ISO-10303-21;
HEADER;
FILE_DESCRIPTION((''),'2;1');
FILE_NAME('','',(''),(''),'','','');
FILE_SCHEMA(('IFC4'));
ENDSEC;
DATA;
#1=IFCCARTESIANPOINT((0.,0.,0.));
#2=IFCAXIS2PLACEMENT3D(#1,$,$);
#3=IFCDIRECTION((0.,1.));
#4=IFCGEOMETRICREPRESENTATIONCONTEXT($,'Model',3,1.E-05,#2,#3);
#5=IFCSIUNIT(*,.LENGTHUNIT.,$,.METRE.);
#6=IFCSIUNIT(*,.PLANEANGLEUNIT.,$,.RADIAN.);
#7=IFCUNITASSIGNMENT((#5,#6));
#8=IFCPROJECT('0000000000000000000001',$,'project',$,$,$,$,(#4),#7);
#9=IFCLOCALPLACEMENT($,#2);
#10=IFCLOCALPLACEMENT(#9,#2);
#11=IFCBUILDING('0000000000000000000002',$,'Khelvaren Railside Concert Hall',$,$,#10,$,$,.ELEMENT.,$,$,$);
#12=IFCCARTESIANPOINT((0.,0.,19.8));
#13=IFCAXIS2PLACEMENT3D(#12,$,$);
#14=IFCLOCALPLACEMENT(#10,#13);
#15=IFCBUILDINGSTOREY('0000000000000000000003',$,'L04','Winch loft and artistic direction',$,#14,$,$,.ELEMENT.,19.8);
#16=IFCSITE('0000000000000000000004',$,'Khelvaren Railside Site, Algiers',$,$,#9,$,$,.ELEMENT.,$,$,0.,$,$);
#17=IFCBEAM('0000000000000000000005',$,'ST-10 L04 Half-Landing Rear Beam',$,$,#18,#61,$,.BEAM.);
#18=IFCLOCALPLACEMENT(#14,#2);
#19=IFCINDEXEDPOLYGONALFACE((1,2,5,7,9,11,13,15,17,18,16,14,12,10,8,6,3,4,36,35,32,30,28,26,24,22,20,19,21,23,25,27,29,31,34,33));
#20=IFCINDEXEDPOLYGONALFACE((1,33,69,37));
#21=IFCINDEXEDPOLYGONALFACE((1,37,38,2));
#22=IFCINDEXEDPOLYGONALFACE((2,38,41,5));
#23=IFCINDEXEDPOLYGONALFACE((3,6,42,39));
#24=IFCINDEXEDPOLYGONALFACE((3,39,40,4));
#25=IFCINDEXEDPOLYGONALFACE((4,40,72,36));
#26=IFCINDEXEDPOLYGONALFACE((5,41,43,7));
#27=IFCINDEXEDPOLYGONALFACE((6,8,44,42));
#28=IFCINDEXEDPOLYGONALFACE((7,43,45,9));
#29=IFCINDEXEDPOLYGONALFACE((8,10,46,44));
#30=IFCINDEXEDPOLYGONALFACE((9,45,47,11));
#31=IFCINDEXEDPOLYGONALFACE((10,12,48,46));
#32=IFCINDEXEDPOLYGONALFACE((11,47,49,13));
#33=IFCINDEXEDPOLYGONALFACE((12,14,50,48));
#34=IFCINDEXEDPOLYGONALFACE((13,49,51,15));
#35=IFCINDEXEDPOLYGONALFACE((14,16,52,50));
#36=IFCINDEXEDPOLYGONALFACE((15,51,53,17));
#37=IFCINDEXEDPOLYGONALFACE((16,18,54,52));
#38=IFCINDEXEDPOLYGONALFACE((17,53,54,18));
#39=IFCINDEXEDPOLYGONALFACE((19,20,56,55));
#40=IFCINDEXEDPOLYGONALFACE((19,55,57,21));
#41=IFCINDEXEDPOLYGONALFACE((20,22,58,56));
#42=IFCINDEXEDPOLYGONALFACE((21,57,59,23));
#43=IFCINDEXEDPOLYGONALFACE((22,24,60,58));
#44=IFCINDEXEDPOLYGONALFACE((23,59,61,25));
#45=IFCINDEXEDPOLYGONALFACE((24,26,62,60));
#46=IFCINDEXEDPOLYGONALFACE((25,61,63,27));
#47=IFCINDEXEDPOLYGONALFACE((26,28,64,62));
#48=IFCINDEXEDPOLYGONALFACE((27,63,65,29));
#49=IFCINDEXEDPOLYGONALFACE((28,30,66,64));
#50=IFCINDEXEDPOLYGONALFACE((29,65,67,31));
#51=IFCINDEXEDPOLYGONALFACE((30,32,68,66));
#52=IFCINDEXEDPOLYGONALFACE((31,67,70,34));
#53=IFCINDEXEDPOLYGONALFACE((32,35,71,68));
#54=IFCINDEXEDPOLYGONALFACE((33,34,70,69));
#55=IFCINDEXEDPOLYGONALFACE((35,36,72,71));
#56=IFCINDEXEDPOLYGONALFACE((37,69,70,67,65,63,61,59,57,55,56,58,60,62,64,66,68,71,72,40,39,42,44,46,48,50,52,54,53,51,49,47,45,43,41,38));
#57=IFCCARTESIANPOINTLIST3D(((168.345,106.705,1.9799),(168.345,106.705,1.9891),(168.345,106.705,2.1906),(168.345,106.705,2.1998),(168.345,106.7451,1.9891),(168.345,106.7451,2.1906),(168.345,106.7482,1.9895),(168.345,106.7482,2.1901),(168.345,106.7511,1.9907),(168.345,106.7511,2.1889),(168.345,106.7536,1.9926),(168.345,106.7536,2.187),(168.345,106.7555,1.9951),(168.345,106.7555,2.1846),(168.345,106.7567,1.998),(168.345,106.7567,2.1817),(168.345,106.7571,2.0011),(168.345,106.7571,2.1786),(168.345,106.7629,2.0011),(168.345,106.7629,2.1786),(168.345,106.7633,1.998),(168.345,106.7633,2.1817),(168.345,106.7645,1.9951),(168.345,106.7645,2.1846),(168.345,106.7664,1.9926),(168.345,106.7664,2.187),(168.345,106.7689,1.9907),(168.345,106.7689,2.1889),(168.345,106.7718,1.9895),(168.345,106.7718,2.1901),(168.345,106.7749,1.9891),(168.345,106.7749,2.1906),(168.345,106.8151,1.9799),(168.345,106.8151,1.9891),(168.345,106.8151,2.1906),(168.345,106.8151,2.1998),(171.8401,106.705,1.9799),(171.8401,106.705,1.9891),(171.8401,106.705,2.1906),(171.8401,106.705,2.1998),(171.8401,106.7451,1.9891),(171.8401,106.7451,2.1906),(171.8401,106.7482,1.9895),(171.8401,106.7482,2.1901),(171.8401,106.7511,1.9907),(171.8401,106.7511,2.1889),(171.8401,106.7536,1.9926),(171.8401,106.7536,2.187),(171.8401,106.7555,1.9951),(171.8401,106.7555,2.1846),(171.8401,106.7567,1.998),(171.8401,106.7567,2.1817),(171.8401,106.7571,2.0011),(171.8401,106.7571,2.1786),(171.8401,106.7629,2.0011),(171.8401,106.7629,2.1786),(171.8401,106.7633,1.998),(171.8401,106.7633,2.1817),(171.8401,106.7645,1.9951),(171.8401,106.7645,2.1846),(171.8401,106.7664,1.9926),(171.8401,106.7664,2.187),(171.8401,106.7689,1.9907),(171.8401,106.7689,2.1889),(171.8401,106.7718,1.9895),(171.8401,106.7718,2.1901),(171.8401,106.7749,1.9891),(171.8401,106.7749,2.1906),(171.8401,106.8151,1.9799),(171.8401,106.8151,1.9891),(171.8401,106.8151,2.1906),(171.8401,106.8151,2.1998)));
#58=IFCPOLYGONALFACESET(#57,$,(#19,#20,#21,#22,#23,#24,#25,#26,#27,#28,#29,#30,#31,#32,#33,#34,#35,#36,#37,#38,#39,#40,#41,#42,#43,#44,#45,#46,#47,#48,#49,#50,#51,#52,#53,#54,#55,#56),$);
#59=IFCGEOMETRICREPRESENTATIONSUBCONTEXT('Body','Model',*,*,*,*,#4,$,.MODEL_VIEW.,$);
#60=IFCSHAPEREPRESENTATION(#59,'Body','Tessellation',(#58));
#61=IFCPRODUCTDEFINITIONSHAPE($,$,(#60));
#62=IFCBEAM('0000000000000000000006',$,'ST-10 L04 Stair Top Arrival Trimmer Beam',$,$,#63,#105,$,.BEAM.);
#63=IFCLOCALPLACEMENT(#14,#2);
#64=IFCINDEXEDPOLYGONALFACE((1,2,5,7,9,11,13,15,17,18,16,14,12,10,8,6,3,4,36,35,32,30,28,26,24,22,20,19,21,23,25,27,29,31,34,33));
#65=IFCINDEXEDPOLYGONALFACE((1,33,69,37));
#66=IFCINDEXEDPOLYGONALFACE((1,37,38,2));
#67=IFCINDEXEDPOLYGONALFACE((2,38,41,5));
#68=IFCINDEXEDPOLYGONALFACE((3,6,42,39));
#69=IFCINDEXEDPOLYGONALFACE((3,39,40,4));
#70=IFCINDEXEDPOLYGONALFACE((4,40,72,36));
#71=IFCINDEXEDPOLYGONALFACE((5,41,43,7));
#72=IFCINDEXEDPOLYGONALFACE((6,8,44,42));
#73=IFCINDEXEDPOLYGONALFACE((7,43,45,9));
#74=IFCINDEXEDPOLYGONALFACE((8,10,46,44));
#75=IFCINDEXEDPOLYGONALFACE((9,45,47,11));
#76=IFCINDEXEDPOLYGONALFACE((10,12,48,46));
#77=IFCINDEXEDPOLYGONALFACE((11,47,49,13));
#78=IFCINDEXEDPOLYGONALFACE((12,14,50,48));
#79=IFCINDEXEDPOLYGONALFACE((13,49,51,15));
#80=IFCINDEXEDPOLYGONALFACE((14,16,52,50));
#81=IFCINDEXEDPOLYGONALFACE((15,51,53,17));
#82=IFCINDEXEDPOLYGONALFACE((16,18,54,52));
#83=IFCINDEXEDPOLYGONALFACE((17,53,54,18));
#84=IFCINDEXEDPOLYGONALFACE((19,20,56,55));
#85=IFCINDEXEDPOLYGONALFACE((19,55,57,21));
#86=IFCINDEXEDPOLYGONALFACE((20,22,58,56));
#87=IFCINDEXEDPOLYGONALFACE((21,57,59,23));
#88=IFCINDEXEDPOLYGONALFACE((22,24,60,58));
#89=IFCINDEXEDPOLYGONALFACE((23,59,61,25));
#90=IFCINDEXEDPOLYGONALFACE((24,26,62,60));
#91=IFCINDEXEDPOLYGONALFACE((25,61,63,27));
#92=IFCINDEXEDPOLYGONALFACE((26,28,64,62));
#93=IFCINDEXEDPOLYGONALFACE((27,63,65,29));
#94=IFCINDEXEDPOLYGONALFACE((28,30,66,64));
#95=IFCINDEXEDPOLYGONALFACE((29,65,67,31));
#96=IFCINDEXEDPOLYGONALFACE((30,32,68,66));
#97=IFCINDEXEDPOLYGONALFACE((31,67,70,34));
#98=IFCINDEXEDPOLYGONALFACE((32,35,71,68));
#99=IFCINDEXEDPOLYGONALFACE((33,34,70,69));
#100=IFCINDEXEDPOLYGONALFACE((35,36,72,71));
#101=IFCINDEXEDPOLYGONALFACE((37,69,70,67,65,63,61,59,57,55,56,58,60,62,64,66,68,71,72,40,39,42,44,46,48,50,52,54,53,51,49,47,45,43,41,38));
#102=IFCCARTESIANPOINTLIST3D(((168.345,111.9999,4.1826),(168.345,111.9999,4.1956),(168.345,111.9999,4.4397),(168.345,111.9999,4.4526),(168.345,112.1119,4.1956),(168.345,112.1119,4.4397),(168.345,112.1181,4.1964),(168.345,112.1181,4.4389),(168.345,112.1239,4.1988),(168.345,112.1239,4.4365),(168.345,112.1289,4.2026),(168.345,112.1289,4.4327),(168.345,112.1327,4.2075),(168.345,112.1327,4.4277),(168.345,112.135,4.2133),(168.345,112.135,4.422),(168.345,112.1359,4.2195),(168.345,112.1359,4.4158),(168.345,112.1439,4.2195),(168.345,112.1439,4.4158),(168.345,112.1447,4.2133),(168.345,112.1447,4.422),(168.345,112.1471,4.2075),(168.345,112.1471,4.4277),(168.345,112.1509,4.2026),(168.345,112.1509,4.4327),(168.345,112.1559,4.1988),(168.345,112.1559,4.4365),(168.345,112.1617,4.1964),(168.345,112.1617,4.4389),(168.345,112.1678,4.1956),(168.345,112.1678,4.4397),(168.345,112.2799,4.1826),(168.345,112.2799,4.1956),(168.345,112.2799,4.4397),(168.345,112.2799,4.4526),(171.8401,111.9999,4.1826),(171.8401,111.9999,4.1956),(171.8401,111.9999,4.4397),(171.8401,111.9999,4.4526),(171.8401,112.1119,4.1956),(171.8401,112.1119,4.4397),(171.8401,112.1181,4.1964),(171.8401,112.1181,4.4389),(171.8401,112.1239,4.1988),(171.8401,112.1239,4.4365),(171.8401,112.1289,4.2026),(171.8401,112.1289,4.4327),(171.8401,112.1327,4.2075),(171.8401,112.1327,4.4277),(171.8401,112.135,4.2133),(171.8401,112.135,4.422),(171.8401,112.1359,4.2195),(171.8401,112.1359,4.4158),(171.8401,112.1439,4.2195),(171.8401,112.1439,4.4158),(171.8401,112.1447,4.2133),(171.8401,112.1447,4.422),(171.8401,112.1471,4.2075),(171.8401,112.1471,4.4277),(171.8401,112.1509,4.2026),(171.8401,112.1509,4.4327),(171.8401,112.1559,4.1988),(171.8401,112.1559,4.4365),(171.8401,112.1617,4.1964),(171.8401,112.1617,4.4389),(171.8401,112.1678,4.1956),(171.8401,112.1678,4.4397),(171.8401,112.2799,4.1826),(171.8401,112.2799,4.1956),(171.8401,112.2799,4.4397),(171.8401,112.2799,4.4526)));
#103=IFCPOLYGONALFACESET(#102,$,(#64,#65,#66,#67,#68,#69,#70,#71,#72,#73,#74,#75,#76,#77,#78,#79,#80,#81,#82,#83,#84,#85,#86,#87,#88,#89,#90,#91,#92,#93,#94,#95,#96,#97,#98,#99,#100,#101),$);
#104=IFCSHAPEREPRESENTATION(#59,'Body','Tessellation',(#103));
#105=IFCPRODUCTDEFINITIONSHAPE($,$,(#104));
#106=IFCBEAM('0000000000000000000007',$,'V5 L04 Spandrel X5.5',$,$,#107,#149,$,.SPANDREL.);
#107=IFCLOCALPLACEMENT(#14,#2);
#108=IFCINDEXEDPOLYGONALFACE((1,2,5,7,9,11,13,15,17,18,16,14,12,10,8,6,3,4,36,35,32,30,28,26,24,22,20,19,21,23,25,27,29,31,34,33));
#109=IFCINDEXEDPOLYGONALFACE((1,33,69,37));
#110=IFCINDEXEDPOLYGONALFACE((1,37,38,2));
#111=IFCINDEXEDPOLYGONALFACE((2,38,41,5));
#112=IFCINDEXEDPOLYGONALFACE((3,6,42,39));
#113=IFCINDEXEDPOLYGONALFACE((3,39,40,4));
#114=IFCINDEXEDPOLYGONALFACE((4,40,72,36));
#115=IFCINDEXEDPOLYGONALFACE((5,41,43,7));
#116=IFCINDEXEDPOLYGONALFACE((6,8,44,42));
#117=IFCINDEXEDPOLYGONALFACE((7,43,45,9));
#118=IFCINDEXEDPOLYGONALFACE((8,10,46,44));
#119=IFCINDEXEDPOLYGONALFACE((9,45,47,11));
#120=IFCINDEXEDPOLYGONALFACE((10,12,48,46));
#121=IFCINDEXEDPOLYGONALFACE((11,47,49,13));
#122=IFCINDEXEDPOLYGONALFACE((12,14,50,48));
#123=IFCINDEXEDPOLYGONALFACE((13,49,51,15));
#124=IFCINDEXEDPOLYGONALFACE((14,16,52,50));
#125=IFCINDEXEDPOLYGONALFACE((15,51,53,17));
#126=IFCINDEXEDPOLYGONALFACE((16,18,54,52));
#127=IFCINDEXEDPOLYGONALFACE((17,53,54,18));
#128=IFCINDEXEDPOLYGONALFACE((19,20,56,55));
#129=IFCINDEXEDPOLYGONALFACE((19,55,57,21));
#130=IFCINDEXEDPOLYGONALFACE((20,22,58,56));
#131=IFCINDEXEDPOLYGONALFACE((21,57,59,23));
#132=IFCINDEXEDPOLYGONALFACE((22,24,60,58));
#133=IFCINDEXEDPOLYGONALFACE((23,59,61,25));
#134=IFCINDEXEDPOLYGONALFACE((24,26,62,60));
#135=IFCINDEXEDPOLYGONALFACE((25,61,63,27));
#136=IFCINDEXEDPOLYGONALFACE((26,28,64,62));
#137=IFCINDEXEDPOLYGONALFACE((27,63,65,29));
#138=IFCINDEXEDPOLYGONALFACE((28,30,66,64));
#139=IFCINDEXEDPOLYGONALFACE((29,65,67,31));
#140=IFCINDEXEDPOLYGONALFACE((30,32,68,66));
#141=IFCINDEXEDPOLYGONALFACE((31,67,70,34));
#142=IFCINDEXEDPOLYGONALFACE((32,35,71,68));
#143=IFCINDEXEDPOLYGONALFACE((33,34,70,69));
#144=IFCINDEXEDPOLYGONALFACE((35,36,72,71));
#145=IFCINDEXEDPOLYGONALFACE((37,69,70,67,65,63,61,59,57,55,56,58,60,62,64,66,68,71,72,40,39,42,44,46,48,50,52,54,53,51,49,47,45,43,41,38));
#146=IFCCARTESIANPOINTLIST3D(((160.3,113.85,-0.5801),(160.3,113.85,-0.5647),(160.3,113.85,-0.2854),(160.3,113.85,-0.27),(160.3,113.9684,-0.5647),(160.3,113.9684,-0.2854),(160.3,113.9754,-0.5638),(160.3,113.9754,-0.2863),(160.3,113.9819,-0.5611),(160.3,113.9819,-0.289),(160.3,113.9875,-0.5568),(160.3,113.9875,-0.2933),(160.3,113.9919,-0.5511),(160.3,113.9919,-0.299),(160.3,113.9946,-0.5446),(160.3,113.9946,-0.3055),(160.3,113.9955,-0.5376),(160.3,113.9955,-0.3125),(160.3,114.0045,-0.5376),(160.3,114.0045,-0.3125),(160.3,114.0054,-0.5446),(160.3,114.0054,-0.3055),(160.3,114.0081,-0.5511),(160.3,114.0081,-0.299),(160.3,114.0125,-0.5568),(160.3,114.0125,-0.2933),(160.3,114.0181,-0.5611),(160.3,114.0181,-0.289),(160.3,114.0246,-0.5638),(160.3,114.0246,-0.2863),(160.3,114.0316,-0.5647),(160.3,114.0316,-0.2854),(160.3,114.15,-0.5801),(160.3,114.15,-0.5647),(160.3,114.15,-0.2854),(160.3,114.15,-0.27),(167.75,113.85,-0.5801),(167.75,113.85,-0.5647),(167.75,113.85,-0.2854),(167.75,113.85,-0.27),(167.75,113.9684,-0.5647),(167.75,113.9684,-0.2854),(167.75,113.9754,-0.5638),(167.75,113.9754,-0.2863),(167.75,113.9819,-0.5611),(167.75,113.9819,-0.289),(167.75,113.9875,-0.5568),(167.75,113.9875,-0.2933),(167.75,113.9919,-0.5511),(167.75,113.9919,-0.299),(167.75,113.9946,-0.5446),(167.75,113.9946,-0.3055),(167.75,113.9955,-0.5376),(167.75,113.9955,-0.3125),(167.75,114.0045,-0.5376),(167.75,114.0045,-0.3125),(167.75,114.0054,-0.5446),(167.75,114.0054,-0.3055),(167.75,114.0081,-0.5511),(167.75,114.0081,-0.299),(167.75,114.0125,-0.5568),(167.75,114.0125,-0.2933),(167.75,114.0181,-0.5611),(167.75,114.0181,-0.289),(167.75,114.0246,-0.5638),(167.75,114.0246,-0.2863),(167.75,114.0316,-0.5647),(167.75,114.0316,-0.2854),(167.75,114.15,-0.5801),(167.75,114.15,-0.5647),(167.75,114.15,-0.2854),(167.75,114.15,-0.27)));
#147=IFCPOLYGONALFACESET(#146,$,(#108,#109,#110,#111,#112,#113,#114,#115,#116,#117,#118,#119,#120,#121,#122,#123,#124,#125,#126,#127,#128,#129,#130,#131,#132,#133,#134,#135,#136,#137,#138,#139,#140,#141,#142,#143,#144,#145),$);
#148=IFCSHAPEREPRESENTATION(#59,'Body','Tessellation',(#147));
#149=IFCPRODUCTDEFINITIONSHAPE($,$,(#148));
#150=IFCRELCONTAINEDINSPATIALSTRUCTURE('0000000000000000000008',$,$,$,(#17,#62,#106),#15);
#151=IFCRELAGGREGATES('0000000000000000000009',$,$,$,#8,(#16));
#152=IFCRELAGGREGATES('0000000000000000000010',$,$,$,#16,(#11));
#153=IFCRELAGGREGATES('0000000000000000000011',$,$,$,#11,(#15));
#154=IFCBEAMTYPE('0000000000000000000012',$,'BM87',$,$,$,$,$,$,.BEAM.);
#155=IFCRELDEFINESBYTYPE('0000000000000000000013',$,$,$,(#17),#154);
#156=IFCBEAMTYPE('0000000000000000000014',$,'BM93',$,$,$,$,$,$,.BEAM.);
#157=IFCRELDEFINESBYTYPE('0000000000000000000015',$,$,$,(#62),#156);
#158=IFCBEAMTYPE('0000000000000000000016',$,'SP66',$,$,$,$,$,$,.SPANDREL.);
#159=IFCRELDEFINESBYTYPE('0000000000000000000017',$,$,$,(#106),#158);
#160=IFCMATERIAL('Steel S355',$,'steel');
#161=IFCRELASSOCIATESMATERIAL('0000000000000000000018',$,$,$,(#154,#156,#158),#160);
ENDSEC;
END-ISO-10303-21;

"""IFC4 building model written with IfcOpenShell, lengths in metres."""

from ifc_helpers import new_model, si_unit, direction, frame, origin, origin_2d, place, context, subcontext, project, spatial, i_section, extrude, material, material_profile, profile_set, type_object, element, save


model = new_model("IFC4")

# Units and contexts
model_context = context("Model", 3, precision=1e-05, world=origin(), true_north=direction((0.0, 1.0)))
body_context = subcontext(model_context, "Body", "Model", "MODEL_VIEW")
ifc_project = project(units=[si_unit("LENGTHUNIT", "METRE"), si_unit("PLANEANGLEUNIT", "RADIAN")], contexts=[model_context])

# Site, building, storey
site_placement = place(None, origin())
site = spatial("IfcSite", under=ifc_project, at=site_placement, Name="Khelvaren Railside Site, Algiers", CompositionType="ELEMENT", RefElevation=0.0)
building_placement = place(site_placement, origin())
building = spatial("IfcBuilding", under=site, at=building_placement, Name="Khelvaren Railside Concert Hall", CompositionType="ELEMENT")
storey_placement = place(building_placement, frame((0.0, 0.0, 19.8)))
storey = spatial("IfcBuildingStorey", under=building, at=storey_placement, Name="L04", Description="Winch loft and artistic direction", CompositionType="ELEMENT", Elevation=19.8)

# Beams
ifc_material_1 = material(Name="Steel S355", Category="steel")
ifc_material_profile_1 = material_profile(ifc_material_1, i_section(OverallWidth=0.1101, OverallDepth=0.22, WebThickness=0.0059, FlangeThickness=0.0093, FilletRadius=0.012, at=origin_2d()), Name="IPE 220")
ifc_profile_set_1 = profile_set([ifc_material_profile_1], Name="Steel S355")
beam_type_1 = type_object("IfcBeamType", Name="BM87", PredefinedType="BEAM", material=ifc_profile_set_1)
for number, where, z_axis, x_axis, name in (
    (1, (168.345, 106.76, 2.0898), (1.0, 0.0, 0.0), (0.0, 1.0, 0.0), "ST-10 L04 Half-Landing Rear Beam"),
):
    element("IfcBeam", number, at=place(storey_placement, frame(where, z_axis=z_axis, x_axis=x_axis)), inside=storey, type_object=beam_type_1, Name=name, PredefinedType="BEAM", context=body_context, shape_type="SweptSolid", body=[
        extrude(i_section(OverallWidth=0.1101, OverallDepth=0.22, WebThickness=0.0059, FlangeThickness=0.0093, FilletRadius=0.012, at=origin_2d()), origin(), (0.0, 0.0, 1.0), 3.4951),
    ])
ifc_material_profile_2 = material_profile(ifc_material_1, i_section(OverallWidth=0.28, OverallDepth=0.27, WebThickness=0.0081, FlangeThickness=0.0129, FilletRadius=0.0239, at=origin_2d()), Name="HEA 280")
ifc_profile_set_2 = profile_set([ifc_material_profile_2], Name="Steel S355")
beam_type_2 = type_object("IfcBeamType", Name="BM93", PredefinedType="BEAM", material=ifc_profile_set_2)
beam_1_placement = place(storey_placement, frame((168.345, 112.1399, 4.3176), z_axis=(1.0, 0.0, 0.0), x_axis=(0.0, 1.0, 0.0)))
element("IfcBeam", 2, at=beam_1_placement, inside=storey, type_object=beam_type_2, Name="ST-10 L04 Stair Top Arrival Trimmer Beam", PredefinedType="BEAM", context=body_context, shape_type="SweptSolid", body=[
    extrude(i_section(OverallWidth=0.28, OverallDepth=0.27, WebThickness=0.0081, FlangeThickness=0.0129, FilletRadius=0.0239, at=origin_2d()), origin(), (0.0, 0.0, 1.0), 3.4951),
])
ifc_material_profile_3 = material_profile(ifc_material_1, i_section(OverallWidth=0.3, OverallDepth=0.3101, WebThickness=0.009, FlangeThickness=0.0154, FilletRadius=0.0271, at=origin_2d()), Name="HEA 320")
ifc_profile_set_3 = profile_set([ifc_material_profile_3], Name="Steel S355")
beam_type_3 = type_object("IfcBeamType", Name="SP66", PredefinedType="SPANDREL", material=ifc_profile_set_3)
beam_2_placement = place(storey_placement, frame((160.3, 114.0, -0.425), z_axis=(1.0, 0.0, 0.0), x_axis=(0.0, 1.0, 0.0)))
element("IfcBeam", 3, at=beam_2_placement, inside=storey, type_object=beam_type_3, Name="V5 L04 Spandrel X5.5", PredefinedType="SPANDREL", context=body_context, shape_type="SweptSolid", body=[
    extrude(i_section(OverallWidth=0.3, OverallDepth=0.3101, WebThickness=0.009, FlangeThickness=0.0154, FilletRadius=0.0271, at=origin_2d()), origin(), (0.0, 0.0, 1.0), 7.45),
])

save(model, "model.ifc")
